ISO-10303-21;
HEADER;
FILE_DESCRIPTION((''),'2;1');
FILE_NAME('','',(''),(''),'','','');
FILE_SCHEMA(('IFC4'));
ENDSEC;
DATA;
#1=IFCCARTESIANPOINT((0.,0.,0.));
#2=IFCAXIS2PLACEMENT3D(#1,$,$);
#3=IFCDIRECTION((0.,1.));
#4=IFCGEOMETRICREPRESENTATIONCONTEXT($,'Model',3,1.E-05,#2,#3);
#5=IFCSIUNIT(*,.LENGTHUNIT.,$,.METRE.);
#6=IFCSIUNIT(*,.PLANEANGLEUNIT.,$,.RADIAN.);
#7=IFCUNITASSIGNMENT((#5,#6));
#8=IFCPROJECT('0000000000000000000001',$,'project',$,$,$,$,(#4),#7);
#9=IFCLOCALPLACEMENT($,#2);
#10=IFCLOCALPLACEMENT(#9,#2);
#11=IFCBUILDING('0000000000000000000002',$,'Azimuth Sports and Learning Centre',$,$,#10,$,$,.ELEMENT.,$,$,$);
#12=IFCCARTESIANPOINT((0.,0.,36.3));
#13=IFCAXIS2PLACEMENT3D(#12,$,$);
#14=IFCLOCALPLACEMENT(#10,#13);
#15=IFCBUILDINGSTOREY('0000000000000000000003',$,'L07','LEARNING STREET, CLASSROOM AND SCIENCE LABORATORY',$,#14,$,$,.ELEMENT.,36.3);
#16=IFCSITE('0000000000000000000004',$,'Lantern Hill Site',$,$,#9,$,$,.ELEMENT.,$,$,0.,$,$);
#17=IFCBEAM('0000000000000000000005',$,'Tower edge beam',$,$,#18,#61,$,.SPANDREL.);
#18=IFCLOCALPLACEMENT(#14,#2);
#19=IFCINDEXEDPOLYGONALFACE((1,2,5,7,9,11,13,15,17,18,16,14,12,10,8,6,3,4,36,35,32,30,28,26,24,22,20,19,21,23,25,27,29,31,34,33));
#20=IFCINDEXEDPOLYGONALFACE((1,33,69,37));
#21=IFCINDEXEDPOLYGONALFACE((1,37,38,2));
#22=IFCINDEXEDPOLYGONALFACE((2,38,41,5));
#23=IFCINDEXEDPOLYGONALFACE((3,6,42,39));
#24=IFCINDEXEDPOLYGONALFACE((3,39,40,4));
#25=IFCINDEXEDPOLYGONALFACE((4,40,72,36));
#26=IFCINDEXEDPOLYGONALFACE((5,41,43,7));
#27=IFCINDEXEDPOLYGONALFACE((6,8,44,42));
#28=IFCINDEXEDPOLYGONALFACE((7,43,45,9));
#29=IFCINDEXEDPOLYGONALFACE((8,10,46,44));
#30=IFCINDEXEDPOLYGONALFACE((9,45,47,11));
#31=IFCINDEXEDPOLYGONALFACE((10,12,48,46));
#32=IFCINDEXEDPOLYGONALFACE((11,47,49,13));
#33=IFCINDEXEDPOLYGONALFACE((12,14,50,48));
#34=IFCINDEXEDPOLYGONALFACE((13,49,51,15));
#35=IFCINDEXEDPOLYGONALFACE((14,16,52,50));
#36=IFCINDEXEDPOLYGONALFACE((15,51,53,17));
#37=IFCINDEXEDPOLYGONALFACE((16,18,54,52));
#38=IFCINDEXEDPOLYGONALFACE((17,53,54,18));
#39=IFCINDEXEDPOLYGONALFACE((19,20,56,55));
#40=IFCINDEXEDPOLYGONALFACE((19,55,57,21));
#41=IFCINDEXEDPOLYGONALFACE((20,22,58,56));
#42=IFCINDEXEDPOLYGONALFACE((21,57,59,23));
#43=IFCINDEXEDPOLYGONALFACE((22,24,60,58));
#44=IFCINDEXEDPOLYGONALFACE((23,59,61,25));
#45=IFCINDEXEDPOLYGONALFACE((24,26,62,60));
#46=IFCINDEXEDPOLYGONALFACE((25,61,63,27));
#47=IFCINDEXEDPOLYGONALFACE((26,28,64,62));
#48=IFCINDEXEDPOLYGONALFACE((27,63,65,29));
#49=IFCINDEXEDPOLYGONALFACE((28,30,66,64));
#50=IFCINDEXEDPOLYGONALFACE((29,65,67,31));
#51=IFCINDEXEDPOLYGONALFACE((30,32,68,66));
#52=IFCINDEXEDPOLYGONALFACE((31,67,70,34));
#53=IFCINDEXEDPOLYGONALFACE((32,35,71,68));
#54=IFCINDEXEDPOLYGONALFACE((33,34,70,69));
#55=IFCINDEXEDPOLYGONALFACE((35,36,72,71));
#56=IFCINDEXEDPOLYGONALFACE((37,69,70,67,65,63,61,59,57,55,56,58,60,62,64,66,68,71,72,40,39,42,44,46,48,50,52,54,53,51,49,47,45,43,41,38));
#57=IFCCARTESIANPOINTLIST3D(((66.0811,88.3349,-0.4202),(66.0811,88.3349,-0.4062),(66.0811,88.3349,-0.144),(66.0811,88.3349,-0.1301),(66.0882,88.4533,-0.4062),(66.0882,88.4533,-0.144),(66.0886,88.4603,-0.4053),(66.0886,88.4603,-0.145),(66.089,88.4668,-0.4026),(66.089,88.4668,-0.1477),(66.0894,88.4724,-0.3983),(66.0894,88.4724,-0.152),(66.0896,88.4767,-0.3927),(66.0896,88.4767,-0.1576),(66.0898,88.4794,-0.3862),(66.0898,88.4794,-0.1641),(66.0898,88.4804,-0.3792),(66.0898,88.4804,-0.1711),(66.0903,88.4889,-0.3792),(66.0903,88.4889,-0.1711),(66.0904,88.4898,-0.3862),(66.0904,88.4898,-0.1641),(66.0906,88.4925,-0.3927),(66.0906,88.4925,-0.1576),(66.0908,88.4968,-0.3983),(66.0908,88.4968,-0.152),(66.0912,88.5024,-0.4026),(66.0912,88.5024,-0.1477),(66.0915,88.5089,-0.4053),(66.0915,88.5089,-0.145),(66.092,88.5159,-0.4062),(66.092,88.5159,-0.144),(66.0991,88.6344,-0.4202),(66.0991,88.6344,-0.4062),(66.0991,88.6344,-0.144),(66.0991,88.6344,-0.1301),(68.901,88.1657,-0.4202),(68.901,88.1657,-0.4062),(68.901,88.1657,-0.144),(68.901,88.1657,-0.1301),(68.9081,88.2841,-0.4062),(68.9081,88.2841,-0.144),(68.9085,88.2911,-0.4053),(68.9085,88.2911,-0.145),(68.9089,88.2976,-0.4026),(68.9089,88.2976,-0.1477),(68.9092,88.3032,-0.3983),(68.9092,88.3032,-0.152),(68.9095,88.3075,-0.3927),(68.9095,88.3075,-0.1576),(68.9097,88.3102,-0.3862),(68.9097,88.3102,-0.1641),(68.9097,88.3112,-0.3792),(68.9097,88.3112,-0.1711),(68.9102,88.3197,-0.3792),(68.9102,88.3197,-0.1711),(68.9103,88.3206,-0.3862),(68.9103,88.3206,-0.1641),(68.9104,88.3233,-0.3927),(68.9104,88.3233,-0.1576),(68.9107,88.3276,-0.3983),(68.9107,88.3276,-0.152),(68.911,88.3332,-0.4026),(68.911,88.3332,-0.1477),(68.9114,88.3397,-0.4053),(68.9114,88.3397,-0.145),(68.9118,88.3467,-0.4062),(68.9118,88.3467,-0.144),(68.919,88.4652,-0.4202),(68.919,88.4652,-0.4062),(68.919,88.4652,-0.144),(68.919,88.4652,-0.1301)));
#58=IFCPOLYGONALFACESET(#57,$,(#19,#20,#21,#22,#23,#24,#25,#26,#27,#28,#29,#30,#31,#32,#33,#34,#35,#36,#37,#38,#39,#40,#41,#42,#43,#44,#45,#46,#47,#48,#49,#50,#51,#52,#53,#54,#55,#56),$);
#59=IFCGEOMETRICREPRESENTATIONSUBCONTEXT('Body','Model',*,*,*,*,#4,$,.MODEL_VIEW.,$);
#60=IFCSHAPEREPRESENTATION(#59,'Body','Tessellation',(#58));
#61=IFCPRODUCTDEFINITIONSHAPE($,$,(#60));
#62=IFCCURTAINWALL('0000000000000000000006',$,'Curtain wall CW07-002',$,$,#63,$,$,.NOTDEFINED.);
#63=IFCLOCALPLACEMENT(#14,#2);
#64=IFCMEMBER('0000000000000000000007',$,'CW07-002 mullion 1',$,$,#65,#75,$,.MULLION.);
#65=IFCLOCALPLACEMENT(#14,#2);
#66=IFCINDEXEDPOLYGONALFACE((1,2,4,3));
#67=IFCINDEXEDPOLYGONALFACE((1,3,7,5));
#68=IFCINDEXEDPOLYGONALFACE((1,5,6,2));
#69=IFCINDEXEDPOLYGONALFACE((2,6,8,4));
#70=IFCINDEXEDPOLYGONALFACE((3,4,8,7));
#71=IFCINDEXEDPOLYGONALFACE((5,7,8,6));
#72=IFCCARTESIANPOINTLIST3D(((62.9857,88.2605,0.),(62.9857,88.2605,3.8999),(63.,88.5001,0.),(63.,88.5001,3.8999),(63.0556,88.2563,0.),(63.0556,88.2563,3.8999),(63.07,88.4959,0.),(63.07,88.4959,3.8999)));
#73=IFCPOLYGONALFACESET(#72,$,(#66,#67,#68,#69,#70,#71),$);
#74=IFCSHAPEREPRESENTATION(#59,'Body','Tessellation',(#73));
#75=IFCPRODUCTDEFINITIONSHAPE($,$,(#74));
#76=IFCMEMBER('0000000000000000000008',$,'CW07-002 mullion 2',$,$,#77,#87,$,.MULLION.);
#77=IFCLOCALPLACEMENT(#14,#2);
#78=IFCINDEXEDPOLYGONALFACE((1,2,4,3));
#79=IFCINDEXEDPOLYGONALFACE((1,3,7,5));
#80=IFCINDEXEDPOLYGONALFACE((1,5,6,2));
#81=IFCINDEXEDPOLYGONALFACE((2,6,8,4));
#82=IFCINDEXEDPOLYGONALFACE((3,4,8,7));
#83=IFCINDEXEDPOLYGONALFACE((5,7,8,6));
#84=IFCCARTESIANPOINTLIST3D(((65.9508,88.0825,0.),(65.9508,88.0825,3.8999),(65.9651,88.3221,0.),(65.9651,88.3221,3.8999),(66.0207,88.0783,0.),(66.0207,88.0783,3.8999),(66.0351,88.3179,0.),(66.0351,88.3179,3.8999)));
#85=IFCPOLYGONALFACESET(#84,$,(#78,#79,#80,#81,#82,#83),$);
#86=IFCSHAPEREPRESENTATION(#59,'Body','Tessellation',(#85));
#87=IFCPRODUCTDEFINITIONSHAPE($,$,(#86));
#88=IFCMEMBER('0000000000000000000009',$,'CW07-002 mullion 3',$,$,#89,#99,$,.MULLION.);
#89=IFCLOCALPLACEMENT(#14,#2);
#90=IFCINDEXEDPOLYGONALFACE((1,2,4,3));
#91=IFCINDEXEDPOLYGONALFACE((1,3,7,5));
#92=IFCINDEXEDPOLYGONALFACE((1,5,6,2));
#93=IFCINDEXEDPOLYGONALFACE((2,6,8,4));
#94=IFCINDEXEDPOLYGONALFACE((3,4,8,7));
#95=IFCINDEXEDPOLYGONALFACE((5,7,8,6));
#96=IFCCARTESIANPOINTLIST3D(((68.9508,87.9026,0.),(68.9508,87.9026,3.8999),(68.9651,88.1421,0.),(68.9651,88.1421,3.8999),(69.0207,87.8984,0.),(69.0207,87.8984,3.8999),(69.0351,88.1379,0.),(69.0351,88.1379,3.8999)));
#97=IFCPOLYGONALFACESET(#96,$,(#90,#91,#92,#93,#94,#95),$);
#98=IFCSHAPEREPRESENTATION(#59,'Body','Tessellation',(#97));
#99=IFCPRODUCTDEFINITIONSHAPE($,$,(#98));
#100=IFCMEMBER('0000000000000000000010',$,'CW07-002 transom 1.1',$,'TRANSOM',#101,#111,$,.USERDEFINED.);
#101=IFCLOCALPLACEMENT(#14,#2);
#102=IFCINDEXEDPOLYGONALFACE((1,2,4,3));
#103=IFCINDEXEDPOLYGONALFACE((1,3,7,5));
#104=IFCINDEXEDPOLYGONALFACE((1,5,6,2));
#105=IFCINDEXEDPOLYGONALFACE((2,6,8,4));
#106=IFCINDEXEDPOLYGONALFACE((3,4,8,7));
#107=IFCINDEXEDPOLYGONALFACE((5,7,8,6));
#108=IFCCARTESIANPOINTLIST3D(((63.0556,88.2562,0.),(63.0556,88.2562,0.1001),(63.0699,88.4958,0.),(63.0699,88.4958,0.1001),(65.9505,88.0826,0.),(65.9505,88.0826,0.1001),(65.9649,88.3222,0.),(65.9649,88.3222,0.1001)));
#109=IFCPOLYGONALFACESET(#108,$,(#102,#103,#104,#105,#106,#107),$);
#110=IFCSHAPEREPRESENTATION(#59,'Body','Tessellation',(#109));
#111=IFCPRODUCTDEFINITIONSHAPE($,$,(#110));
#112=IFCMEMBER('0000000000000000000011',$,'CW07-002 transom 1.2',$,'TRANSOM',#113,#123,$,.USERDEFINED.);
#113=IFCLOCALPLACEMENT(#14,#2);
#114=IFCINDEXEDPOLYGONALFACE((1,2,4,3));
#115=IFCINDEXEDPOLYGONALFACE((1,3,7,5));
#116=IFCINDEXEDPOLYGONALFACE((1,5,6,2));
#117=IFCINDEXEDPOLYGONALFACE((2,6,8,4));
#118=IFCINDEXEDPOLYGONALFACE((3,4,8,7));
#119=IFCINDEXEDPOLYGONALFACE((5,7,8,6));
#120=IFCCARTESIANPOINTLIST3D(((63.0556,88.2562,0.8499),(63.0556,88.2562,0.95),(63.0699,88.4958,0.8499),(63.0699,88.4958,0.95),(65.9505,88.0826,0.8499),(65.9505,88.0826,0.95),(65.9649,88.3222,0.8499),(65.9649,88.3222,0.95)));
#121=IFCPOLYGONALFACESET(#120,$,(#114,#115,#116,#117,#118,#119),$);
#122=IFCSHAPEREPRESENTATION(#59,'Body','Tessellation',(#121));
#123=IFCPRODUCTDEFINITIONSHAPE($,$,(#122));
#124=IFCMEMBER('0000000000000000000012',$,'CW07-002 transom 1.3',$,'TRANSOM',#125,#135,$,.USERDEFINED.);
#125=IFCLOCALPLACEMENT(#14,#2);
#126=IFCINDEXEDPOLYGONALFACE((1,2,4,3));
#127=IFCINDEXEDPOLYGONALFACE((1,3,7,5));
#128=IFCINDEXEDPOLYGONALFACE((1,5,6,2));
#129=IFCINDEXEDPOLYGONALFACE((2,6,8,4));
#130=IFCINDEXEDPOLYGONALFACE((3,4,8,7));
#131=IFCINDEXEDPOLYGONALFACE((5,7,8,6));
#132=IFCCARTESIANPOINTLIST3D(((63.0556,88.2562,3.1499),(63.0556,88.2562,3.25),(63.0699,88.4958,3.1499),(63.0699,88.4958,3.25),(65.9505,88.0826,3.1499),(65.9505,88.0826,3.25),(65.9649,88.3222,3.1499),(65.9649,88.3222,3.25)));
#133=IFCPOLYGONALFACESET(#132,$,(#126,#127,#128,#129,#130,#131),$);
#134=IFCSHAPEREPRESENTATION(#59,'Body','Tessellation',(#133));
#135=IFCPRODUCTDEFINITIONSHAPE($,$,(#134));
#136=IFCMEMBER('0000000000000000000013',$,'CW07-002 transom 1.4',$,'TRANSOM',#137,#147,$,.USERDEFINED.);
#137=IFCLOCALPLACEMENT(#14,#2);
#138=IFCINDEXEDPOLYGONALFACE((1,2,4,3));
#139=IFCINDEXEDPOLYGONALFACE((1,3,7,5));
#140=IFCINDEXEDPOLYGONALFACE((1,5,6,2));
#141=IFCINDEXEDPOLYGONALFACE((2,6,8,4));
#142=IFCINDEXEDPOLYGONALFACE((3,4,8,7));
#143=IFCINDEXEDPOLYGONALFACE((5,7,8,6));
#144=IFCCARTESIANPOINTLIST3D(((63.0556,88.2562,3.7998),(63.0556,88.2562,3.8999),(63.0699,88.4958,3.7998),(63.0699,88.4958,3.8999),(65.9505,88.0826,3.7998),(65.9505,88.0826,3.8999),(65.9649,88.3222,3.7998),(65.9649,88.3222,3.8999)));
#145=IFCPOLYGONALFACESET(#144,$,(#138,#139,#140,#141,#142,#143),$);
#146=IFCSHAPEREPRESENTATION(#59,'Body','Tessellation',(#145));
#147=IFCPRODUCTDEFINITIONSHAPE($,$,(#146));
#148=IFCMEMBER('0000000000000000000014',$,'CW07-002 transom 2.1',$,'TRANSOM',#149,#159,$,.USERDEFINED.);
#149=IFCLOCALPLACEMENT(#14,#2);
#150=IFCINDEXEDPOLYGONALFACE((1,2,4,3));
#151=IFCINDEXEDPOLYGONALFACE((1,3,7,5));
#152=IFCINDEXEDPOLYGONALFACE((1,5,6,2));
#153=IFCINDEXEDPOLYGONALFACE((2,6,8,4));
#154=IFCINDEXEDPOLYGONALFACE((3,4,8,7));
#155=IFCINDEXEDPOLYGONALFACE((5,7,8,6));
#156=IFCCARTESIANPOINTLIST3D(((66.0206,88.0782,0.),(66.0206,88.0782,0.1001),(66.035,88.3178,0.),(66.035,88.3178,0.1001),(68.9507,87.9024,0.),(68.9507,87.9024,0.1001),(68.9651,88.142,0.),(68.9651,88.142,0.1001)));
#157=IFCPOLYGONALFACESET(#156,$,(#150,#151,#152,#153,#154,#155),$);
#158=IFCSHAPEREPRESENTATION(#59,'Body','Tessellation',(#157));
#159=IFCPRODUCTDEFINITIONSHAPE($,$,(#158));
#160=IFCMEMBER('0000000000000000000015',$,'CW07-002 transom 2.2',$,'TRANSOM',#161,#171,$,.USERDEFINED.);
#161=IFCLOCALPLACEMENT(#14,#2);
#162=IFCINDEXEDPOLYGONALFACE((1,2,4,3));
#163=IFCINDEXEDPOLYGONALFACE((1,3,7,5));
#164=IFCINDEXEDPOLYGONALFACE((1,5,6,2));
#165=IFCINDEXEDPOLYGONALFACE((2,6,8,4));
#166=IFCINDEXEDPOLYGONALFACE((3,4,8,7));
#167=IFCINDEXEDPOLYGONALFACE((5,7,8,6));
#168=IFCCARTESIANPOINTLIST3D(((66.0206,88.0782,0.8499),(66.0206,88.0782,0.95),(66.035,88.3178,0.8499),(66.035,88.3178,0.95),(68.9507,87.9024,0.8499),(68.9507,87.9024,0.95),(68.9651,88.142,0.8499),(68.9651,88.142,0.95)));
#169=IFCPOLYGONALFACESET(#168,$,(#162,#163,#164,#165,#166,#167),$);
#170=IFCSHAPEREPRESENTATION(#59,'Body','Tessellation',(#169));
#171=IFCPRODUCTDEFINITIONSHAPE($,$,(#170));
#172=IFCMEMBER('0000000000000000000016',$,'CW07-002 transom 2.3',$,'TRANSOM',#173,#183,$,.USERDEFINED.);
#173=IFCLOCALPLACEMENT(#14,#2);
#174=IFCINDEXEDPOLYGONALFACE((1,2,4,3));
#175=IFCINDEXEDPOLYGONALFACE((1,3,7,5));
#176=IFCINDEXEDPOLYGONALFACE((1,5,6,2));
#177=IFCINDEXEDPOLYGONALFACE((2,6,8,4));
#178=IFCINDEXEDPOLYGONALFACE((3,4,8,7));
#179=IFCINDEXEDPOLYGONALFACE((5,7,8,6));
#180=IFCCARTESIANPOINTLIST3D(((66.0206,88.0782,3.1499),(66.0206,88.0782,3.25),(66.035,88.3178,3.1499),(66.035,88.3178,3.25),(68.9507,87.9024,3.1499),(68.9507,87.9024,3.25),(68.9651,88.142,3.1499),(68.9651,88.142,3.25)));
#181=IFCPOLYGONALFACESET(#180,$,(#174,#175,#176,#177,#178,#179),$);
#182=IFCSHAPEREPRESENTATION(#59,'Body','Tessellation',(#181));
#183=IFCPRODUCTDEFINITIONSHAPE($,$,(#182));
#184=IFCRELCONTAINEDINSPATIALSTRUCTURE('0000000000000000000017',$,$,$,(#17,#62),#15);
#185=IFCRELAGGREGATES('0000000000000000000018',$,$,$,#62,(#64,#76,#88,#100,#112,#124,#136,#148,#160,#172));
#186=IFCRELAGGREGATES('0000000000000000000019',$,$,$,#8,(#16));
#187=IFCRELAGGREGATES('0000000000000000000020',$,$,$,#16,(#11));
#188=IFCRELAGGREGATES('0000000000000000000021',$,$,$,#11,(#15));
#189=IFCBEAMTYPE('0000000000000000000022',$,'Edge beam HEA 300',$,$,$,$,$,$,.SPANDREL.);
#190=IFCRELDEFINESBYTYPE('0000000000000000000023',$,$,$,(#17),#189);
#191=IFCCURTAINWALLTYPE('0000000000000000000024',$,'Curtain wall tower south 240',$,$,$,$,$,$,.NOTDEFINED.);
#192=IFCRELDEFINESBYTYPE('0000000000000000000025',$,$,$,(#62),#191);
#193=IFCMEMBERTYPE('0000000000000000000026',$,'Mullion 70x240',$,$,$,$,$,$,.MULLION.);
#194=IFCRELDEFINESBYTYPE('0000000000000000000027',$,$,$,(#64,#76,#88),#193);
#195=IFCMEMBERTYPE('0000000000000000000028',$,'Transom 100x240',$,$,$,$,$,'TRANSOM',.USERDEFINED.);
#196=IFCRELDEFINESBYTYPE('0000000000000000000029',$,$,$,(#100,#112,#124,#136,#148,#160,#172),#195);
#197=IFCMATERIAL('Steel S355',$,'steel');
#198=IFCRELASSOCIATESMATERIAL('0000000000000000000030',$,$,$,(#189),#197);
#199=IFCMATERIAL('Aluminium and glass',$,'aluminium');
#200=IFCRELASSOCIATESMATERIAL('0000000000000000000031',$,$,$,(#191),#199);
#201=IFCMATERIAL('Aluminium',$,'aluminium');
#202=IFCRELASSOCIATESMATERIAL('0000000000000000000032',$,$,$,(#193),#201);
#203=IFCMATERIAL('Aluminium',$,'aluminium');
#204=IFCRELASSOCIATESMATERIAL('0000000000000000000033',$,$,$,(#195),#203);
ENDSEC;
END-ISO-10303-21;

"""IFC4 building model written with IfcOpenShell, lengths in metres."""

from ifc_helpers import new_model, si_unit, direction, frame, origin, origin_2d, place, context, subcontext, project, spatial, rectangle, i_section, extrude, material, material_profile, profile_set, type_object, element, aggregate, save


model = new_model("IFC4")

# Units and contexts
model_context = context("Model", 3, precision=1e-05, world=origin(), true_north=direction((0.0, 1.0)))
body_context = subcontext(model_context, "Body", "Model", "MODEL_VIEW")
ifc_project = project(units=[si_unit("LENGTHUNIT", "METRE"), si_unit("PLANEANGLEUNIT", "RADIAN")], contexts=[model_context])

# Site, building, storey
site_placement = place(None, origin())
site = spatial("IfcSite", under=ifc_project, at=site_placement, Name="Lantern Hill Site", CompositionType="ELEMENT", RefElevation=0.0)
building_placement = place(site_placement, origin())
building = spatial("IfcBuilding", under=site, at=building_placement, Name="Azimuth Sports and Learning Centre", CompositionType="ELEMENT")
storey_placement = place(building_placement, frame((0.0, 0.0, 36.3)))
storey = spatial("IfcBuildingStorey", under=building, at=storey_placement, Name="L07", Description="LEARNING STREET, CLASSROOM AND SCIENCE LABORATORY", CompositionType="ELEMENT", Elevation=36.3)

# Beam
ifc_material_1 = material(Name="Steel S355", Category="steel")
ifc_material_profile_1 = material_profile(ifc_material_1, i_section(OverallWidth=0.3, OverallDepth=0.29, WebThickness=0.0085, FlangeThickness=0.0139, FilletRadius=0.0271, at=origin_2d()), Name="HEA 300")
ifc_profile_set_1 = profile_set([ifc_material_profile_1], Name="Steel S355")
beam_type = type_object("IfcBeamType", Name="Edge beam HEA 300", PredefinedType="SPANDREL", material=ifc_profile_set_1)
beam_placement = place(storey_placement, frame((66.0901, 88.4846, -0.2751), z_axis=(0.998205, -0.059892, 0.0), x_axis=(0.059892, 0.998205, 0.0)))
element("IfcBeam", 1, at=beam_placement, inside=storey, type_object=beam_type, Name="Tower edge beam", PredefinedType="SPANDREL", context=body_context, shape_type="SweptSolid", body=[
    extrude(i_section(OverallWidth=0.3, OverallDepth=0.29, WebThickness=0.0085, FlangeThickness=0.0139, FilletRadius=0.0271, at=origin_2d()), origin(), (0.0, 0.0, 1.0), 2.825),
])

# Curtain wall, members
ifc_material_2 = material(Name="Aluminium and glass", Category="aluminium")
curtain_wall_type = type_object("IfcCurtainWallType", Name="Curtain wall tower south 240", PredefinedType="NOTDEFINED", material=ifc_material_2)
curtain_wall_placement = place(storey_placement, origin())
curtain_wall = element("IfcCurtainWall", 2, at=curtain_wall_placement, inside=storey, type_object=curtain_wall_type, Name="Curtain wall CW07-002", PredefinedType="NOTDEFINED")
ifc_material_3 = material(Name="Aluminium", Category="aluminium")
ifc_material_profile_2 = material_profile(ifc_material_3, rectangle(XDim=0.24, YDim=0.0701, at=origin_2d()), Name="Mullion 70x240")
ifc_profile_set_2 = profile_set([ifc_material_profile_2], Name="Aluminium")
member_type_1 = type_object("IfcMemberType", Name="Mullion 70x240", PredefinedType="MULLION", material=ifc_profile_set_2)
member_1_placement = place(storey_placement, frame((63.0278, 88.3782, 0.0), z_axis=(0.0, 0.0, 1.0), x_axis=(0.059892, 0.998205, 0.0)))
member_1 = element("IfcMember", 3, at=member_1_placement, type_object=member_type_1, Name="CW07-002 mullion 1", PredefinedType="MULLION", context=body_context, shape_type="SweptSolid", body=[
    extrude(rectangle(XDim=0.24, YDim=0.0701, at=origin_2d()), origin(), (0.0, 0.0, 1.0), 3.8999),
])
member_2_placement = place(storey_placement, frame((65.9929, 88.2002, 0.0), z_axis=(0.0, 0.0, 1.0), x_axis=(0.059892, 0.998205, 0.0)))
member_2 = element("IfcMember", 4, at=member_2_placement, type_object=member_type_1, Name="CW07-002 mullion 2", PredefinedType="MULLION", context=body_context, shape_type="SweptSolid", body=[
    extrude(rectangle(XDim=0.24, YDim=0.0701, at=origin_2d()), origin(), (0.0, 0.0, 1.0), 3.8999),
])
member_3_placement = place(storey_placement, frame((68.9929, 88.0203, 0.0), z_axis=(0.0, 0.0, 1.0), x_axis=(0.059892, 0.998205, 0.0)))
member_3 = element("IfcMember", 5, at=member_3_placement, type_object=member_type_1, Name="CW07-002 mullion 3", PredefinedType="MULLION", context=body_context, shape_type="SweptSolid", body=[
    extrude(rectangle(XDim=0.24, YDim=0.0701, at=origin_2d()), origin(), (0.0, 0.0, 1.0), 3.8999),
])
ifc_material_4 = material(Name="Aluminium", Category="aluminium")
ifc_material_profile_3 = material_profile(ifc_material_4, rectangle(XDim=0.24, YDim=0.1001, at=origin_2d()), Name="Transom 100x240")
ifc_profile_set_3 = profile_set([ifc_material_profile_3], Name="Aluminium")
member_type_2 = type_object("IfcMemberType", Name="Transom 100x240", ElementType="TRANSOM", PredefinedType="USERDEFINED", material=ifc_profile_set_3)
member_4_placement = place(storey_placement, frame((63.0627, 88.376, 0.05), z_axis=(0.998207, -0.059852, 0.0), x_axis=(0.059852, 0.998207, 0.0)))
member_4 = element("IfcMember", 6, at=member_4_placement, type_object=member_type_2, Name="CW07-002 transom 1.1", ObjectType="TRANSOM", PredefinedType="USERDEFINED", context=body_context, shape_type="SweptSolid", body=[
    extrude(rectangle(XDim=0.24, YDim=0.1001, at=origin_2d()), origin(), (0.0, 0.0, 1.0), 2.9001),
])
member_5_placement = place(storey_placement, frame((63.0627, 88.376, 0.8999), z_axis=(0.998207, -0.059852, 0.0), x_axis=(0.059852, 0.998207, 0.0)))
member_5 = element("IfcMember", 7, at=member_5_placement, type_object=member_type_2, Name="CW07-002 transom 1.2", ObjectType="TRANSOM", PredefinedType="USERDEFINED", context=body_context, shape_type="SweptSolid", body=[
    extrude(rectangle(XDim=0.24, YDim=0.1001, at=origin_2d()), origin(), (0.0, 0.0, 1.0), 2.9001),
])
member_6_placement = place(storey_placement, frame((63.0627, 88.376, 3.2), z_axis=(0.998207, -0.059852, 0.0), x_axis=(0.059852, 0.998207, 0.0)))
member_6 = element("IfcMember", 8, at=member_6_placement, type_object=member_type_2, Name="CW07-002 transom 1.3", ObjectType="TRANSOM", PredefinedType="USERDEFINED", context=body_context, shape_type="SweptSolid", body=[
    extrude(rectangle(XDim=0.24, YDim=0.1001, at=origin_2d()), origin(), (0.0, 0.0, 1.0), 2.9001),
])
member_7_placement = place(storey_placement, frame((63.0627, 88.376, 3.8499), z_axis=(0.998207, -0.059852, 0.0), x_axis=(0.059852, 0.998207, 0.0)))
member_7 = element("IfcMember", 9, at=member_7_placement, type_object=member_type_2, Name="CW07-002 transom 1.4", ObjectType="TRANSOM", PredefinedType="USERDEFINED", context=body_context, shape_type="SweptSolid", body=[
    extrude(rectangle(XDim=0.24, YDim=0.1001, at=origin_2d()), origin(), (0.0, 0.0, 1.0), 2.9001),
])
member_8_placement = place(storey_placement, frame((66.0278, 88.198, 0.05), z_axis=(0.998205, -0.059887, 0.0), x_axis=(0.059887, 0.998205, 0.0)))
member_8 = element("IfcMember", 10, at=member_8_placement, type_object=member_type_2, Name="CW07-002 transom 2.1", ObjectType="TRANSOM", PredefinedType="USERDEFINED", context=body_context, shape_type="SweptSolid", body=[
    extrude(rectangle(XDim=0.24, YDim=0.1001, at=origin_2d()), origin(), (0.0, 0.0, 1.0), 2.9353),
])
member_9_placement = place(storey_placement, frame((66.0278, 88.198, 0.8999), z_axis=(0.998205, -0.059887, 0.0), x_axis=(0.059887, 0.998205, 0.0)))
member_9 = element("IfcMember", 11, at=member_9_placement, type_object=member_type_2, Name="CW07-002 transom 2.2", ObjectType="TRANSOM", PredefinedType="USERDEFINED", context=body_context, shape_type="SweptSolid", body=[
    extrude(rectangle(XDim=0.24, YDim=0.1001, at=origin_2d()), origin(), (0.0, 0.0, 1.0), 2.9353),
])
member_10_placement = place(storey_placement, frame((66.0278, 88.198, 3.2), z_axis=(0.998205, -0.059887, 0.0), x_axis=(0.059887, 0.998205, 0.0)))
member_10 = element("IfcMember", 12, at=member_10_placement, type_object=member_type_2, Name="CW07-002 transom 2.3", ObjectType="TRANSOM", PredefinedType="USERDEFINED", context=body_context, shape_type="SweptSolid", body=[
    extrude(rectangle(XDim=0.24, YDim=0.1001, at=origin_2d()), origin(), (0.0, 0.0, 1.0), 2.9353),
])
aggregate(curtain_wall, [member_1, member_2, member_3, member_4, member_5, member_6, member_7, member_8, member_9, member_10])

save(model, "model.ifc")
